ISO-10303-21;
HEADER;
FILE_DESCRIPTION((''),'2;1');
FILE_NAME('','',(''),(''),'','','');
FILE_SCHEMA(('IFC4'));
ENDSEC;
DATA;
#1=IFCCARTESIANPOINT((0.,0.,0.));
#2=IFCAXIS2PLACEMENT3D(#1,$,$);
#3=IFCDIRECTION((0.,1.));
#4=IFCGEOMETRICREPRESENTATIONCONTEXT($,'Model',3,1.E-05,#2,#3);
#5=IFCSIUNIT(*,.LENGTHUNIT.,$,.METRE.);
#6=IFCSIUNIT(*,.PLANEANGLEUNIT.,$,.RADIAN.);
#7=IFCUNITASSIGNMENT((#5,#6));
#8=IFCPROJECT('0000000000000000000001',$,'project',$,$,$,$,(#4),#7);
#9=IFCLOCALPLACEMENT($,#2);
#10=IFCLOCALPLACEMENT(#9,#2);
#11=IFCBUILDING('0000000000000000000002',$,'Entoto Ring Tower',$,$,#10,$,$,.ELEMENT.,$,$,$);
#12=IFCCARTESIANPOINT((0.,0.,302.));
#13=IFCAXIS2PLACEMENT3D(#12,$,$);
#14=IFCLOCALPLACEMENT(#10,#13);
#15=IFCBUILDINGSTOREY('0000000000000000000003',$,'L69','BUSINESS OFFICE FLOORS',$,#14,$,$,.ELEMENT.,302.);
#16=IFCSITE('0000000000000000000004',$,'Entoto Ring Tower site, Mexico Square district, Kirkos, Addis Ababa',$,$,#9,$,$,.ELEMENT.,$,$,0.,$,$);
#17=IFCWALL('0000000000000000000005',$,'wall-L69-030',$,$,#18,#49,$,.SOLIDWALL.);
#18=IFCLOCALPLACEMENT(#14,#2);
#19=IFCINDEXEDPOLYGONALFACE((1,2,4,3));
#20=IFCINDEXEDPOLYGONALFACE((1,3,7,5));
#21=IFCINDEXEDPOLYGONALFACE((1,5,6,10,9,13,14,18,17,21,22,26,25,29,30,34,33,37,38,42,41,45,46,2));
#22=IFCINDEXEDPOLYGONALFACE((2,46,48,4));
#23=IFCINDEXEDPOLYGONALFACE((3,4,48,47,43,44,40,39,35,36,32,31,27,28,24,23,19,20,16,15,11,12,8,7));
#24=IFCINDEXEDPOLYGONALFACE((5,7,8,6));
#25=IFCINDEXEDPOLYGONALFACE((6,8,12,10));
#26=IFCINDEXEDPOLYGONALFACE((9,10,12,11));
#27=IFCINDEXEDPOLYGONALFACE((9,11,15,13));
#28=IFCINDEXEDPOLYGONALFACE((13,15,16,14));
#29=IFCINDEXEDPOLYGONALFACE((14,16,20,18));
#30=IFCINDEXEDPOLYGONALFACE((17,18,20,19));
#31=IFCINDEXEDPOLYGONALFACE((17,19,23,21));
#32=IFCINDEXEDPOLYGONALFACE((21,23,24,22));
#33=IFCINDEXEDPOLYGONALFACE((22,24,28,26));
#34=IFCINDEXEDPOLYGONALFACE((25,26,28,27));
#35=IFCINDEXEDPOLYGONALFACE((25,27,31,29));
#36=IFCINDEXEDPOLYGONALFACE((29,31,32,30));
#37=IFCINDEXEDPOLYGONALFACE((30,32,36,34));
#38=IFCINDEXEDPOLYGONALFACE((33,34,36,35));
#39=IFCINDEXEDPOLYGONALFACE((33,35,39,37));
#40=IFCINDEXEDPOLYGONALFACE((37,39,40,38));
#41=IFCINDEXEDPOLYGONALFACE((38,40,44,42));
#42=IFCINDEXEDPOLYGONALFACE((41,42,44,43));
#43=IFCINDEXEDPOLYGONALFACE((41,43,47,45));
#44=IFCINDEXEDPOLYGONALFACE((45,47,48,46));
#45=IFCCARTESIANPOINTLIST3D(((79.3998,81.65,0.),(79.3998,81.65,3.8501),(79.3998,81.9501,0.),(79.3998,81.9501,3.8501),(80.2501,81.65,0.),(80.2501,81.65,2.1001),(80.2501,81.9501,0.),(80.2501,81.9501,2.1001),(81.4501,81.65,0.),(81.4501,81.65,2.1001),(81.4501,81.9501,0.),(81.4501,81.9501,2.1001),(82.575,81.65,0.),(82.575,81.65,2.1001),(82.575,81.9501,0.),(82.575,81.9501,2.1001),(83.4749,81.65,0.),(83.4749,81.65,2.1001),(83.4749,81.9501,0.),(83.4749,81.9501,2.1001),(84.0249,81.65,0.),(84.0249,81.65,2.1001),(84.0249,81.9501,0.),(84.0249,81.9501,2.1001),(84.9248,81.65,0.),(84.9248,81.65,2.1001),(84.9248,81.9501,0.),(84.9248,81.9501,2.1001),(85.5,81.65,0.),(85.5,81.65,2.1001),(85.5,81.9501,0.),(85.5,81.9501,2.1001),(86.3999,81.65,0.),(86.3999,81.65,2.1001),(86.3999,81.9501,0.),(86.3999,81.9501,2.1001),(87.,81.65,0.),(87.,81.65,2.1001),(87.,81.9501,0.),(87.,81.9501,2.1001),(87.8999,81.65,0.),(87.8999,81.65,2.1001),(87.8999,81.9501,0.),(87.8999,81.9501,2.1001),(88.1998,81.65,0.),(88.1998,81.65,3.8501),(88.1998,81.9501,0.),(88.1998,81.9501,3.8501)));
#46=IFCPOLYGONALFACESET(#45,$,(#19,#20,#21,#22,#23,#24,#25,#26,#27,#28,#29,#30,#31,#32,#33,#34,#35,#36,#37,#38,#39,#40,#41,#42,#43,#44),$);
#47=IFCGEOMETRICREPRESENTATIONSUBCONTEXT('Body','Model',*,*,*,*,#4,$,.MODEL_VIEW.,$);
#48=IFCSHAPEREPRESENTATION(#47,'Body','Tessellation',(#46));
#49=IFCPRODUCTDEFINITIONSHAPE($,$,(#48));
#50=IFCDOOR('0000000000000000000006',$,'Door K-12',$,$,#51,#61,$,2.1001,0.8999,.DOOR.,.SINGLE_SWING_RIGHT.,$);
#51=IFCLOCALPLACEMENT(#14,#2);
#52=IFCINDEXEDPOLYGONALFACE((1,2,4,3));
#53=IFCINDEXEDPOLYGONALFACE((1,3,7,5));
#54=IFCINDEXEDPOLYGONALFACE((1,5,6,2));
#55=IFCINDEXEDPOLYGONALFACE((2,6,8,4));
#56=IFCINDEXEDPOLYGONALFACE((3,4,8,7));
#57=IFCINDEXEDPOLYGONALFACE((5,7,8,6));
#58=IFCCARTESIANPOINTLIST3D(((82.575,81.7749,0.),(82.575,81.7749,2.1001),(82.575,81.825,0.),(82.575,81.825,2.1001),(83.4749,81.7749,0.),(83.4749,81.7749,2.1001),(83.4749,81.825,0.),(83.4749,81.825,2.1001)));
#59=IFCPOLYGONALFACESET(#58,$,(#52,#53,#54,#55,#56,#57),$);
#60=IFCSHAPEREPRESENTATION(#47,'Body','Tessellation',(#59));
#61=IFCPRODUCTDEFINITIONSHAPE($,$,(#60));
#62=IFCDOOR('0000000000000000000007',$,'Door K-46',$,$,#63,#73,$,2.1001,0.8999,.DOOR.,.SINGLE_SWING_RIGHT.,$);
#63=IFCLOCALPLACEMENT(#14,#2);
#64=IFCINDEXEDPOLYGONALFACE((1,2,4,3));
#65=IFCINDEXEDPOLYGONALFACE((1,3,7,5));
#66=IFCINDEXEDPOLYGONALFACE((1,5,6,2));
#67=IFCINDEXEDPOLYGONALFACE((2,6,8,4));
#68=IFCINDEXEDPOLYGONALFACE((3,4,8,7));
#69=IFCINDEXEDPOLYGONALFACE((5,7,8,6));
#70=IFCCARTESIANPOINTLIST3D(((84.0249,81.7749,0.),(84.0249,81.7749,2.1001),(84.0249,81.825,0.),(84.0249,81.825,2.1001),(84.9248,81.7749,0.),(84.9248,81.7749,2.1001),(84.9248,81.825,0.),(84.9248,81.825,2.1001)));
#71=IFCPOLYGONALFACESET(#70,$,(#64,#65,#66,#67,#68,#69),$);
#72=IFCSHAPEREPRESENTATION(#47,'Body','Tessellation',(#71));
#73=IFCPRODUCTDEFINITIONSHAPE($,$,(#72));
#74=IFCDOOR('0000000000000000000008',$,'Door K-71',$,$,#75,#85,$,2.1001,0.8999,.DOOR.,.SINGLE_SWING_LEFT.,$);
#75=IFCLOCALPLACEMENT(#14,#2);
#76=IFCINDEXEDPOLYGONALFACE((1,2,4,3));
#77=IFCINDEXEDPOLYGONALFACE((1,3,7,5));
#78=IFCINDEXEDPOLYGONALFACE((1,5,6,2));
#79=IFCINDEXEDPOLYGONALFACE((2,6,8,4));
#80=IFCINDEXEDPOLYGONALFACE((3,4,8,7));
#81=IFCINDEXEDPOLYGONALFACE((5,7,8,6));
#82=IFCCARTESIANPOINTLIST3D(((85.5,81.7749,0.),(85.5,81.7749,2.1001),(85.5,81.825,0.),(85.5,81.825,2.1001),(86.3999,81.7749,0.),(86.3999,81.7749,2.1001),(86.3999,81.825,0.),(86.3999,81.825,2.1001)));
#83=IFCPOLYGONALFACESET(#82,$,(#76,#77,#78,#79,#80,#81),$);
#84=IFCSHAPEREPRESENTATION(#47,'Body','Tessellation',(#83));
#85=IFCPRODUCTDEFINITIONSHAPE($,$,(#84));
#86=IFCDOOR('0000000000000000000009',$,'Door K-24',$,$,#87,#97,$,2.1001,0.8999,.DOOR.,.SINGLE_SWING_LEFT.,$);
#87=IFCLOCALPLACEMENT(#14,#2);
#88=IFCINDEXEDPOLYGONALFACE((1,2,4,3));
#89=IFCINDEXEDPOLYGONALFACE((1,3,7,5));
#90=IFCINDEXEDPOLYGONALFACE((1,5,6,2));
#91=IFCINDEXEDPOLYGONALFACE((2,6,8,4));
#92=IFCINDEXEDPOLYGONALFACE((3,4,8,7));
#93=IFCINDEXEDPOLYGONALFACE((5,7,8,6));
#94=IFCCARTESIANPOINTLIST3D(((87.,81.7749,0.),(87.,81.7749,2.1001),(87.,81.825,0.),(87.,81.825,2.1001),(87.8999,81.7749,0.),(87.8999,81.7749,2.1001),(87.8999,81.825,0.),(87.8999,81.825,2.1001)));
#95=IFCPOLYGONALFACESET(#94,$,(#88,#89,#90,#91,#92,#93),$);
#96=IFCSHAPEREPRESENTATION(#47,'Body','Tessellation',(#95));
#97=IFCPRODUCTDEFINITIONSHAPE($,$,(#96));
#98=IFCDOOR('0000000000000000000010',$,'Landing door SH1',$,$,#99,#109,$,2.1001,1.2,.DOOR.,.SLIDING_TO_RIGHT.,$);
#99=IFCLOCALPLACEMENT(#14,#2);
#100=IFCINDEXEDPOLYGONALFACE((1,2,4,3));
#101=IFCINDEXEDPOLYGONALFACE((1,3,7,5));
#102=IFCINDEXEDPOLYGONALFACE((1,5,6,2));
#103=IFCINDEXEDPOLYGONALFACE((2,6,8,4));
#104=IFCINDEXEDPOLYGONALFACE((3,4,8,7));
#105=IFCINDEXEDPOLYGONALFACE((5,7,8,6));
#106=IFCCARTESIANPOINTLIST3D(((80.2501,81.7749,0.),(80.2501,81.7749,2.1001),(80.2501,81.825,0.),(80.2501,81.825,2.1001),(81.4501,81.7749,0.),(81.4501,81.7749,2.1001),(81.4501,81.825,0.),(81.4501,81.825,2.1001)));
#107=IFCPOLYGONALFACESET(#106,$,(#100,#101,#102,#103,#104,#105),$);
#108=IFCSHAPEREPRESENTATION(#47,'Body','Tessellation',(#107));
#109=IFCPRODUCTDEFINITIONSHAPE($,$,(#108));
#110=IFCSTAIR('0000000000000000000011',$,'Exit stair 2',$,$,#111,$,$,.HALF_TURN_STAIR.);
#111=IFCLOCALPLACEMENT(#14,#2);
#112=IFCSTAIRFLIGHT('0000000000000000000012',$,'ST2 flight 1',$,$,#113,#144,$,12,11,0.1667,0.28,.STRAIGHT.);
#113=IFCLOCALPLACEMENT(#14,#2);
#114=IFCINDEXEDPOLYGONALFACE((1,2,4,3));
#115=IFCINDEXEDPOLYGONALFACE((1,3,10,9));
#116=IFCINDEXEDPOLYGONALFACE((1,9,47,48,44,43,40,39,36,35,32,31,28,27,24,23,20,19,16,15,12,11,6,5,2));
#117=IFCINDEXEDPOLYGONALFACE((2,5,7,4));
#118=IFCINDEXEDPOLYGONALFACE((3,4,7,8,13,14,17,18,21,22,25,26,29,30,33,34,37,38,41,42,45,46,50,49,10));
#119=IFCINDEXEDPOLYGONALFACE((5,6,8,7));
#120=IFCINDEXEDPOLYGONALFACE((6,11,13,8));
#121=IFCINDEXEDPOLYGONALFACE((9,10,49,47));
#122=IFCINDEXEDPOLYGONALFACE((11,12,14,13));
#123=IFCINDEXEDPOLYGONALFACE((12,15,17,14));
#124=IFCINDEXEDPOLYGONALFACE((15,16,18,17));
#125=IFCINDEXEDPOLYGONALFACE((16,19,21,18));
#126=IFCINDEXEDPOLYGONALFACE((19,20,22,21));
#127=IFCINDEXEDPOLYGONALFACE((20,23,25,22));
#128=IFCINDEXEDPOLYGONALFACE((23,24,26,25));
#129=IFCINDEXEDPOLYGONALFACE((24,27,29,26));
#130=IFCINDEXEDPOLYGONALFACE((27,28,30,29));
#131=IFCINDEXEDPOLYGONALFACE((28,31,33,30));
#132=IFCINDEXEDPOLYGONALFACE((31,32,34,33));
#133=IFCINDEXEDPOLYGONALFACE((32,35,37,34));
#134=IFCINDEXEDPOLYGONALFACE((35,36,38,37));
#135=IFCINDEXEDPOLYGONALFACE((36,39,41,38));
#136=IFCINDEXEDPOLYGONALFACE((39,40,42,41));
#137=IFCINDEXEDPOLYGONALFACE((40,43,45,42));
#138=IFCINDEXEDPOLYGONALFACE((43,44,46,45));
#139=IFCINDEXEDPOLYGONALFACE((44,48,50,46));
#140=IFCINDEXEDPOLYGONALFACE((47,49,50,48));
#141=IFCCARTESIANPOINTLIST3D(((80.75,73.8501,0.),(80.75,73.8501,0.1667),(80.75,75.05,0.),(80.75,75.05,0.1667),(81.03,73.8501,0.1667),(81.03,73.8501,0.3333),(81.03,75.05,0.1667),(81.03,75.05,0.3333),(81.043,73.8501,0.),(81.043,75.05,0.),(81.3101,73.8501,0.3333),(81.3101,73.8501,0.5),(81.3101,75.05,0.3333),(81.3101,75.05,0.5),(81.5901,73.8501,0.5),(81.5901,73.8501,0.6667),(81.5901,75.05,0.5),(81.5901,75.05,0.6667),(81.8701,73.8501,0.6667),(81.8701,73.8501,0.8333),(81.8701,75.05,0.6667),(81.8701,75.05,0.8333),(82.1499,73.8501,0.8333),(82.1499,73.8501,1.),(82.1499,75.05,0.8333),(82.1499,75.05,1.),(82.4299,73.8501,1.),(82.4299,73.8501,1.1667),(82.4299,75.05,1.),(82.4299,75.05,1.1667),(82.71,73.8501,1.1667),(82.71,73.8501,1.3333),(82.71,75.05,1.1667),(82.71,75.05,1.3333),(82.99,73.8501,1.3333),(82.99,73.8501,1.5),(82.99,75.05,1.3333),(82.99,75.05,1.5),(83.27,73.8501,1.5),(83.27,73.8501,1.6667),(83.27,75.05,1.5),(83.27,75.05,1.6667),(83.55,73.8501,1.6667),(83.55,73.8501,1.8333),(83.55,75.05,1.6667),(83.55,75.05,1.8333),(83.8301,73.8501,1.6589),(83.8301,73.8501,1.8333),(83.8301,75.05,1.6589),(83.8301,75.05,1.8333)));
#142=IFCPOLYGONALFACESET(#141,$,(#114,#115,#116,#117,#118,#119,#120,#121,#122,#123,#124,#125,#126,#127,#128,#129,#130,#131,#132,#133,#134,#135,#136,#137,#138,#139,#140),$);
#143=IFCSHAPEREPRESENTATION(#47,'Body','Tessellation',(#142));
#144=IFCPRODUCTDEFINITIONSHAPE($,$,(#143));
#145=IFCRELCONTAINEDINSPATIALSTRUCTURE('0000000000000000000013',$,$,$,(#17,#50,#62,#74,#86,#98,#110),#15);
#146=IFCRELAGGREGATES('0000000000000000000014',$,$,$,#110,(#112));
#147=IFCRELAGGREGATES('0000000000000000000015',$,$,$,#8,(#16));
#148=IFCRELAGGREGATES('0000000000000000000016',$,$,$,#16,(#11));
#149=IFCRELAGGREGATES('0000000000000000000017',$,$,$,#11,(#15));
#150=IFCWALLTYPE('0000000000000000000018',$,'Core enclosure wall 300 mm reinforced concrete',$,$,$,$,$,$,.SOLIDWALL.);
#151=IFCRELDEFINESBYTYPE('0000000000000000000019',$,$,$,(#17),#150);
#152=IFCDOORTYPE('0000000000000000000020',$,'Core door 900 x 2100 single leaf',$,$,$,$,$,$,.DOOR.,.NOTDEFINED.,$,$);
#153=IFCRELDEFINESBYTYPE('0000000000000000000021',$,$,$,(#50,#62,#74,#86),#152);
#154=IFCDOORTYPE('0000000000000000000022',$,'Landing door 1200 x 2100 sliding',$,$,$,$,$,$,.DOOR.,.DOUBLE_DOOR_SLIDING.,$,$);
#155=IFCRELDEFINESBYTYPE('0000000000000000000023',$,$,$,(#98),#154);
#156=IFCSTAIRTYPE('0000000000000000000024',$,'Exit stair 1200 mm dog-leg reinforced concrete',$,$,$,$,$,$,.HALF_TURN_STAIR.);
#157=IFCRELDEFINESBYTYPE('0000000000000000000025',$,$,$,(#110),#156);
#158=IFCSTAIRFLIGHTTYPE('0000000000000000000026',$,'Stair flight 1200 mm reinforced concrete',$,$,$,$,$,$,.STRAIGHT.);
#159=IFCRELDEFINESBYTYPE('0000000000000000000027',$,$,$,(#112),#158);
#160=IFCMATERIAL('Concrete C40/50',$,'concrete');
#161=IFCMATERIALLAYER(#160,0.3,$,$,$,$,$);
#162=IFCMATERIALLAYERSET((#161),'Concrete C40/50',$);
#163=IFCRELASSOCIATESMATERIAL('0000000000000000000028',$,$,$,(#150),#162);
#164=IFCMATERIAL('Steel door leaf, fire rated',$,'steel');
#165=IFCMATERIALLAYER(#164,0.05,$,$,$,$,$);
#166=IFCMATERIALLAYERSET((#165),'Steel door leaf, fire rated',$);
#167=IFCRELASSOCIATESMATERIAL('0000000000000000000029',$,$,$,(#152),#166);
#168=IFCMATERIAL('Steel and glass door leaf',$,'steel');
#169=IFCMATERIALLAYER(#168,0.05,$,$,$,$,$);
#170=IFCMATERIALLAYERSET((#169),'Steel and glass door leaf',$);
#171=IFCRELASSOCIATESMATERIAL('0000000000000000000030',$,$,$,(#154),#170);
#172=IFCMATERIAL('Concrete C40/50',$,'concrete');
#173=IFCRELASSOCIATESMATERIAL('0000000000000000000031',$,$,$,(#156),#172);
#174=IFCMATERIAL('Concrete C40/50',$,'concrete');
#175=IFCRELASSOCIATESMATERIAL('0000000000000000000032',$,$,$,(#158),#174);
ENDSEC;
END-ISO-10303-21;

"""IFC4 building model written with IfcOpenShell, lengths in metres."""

from ifc_helpers import new_model, si_unit, direction, frame, frame_2d, origin, place, context, subcontext, project, spatial, polyline, rectangle, outline, extrude, material, layer, layer_set, type_object, element, fill, aggregate, save


model = new_model("IFC4")

# Units and contexts
model_context = context("Model", 3, precision=1e-05, world=origin(), true_north=direction((0.0, 1.0)))
body_context = subcontext(model_context, "Body", "Model", "MODEL_VIEW")
ifc_project = project(units=[si_unit("LENGTHUNIT", "METRE"), si_unit("PLANEANGLEUNIT", "RADIAN")], contexts=[model_context])

# Site, building, storey
site_placement = place(None, origin())
site = spatial("IfcSite", under=ifc_project, at=site_placement, Name="Entoto Ring Tower site, Mexico Square district, Kirkos, Addis Ababa", CompositionType="ELEMENT", RefElevation=0.0)
building_placement = place(site_placement, origin())
building = spatial("IfcBuilding", under=site, at=building_placement, Name="Entoto Ring Tower", CompositionType="ELEMENT")
storey_placement = place(building_placement, frame((0.0, 0.0, 302.0)))
storey = spatial("IfcBuildingStorey", under=building, at=storey_placement, Name="L69", Description="BUSINESS OFFICE FLOORS", CompositionType="ELEMENT", Elevation=302.0)

# Shared definitions
ifc_material_1 = material(Name="Concrete C40/50", Category="concrete")
ifc_layer_1 = layer(ifc_material_1, 0.3)
ifc_layer_set_1 = layer_set([ifc_layer_1], Name="Concrete C40/50")
wall_type = type_object("IfcWallType", Name="Core enclosure wall 300 mm reinforced concrete", PredefinedType="SOLIDWALL", material=ifc_layer_set_1)

# Wall, openings, doors
ifc_material_2 = material(Name="Steel door leaf, fire rated", Category="steel")
ifc_layer_2 = layer(ifc_material_2, 0.05)
ifc_layer_set_2 = layer_set([ifc_layer_2], Name="Steel door leaf, fire rated")
door_type_1 = type_object("IfcDoorType", Name="Core door 900 x 2100 single leaf", OperationType="NOTDEFINED", PredefinedType="DOOR", material=ifc_layer_set_2)
ifc_material_3 = material(Name="Steel and glass door leaf", Category="steel")
ifc_layer_3 = layer(ifc_material_3, 0.05)
ifc_layer_set_3 = layer_set([ifc_layer_3], Name="Steel and glass door leaf")
door_type_2 = type_object("IfcDoorType", Name="Landing door 1200 x 2100 sliding", OperationType="DOUBLE_DOOR_SLIDING", PredefinedType="DOOR", material=ifc_layer_set_3)
wall_1_placement = place(storey_placement, frame((79.3999, 81.8, 0.0), z_axis=(0.0, 0.0, 1.0), x_axis=(1.0, 0.0, 0.0)))
wall_1 = element("IfcWall", 1, at=wall_1_placement, inside=storey, type_object=wall_type, Name="wall-L69-030", PredefinedType="SOLIDWALL", context=body_context, shape_type="SweptSolid", body=[
    extrude(rectangle(XDim=8.8, YDim=0.3, at=frame_2d((4.3999, 0.0))), origin(), (0.0, 0.0, 1.0), 3.8501),
])
opening_1_placement = place(wall_1_placement, frame((0.8501, 0.0, 0.0)))
opening_1 = element("IfcOpeningElement", 2, at=opening_1_placement, cuts=wall_1, PredefinedType="OPENING", context=body_context, shape_type="SweptSolid", body=[
    extrude(rectangle(XDim=1.2, YDim=2.1001, at=frame_2d((0.6001, 1.05))), frame((0.0, 0.1602, 0.0), z_axis=(0.0, -1.0, 0.0), x_axis=(1.0, 0.0, 0.0)), (0.0, 0.0, 1.0), 0.3201),
])
opening_2_placement = place(wall_1_placement, frame((3.175, 0.0, 0.0)))
opening_2 = element("IfcOpeningElement", 3, at=opening_2_placement, cuts=wall_1, PredefinedType="OPENING", context=body_context, shape_type="SweptSolid", body=[
    extrude(rectangle(XDim=0.8999, YDim=2.1001, at=frame_2d((0.45, 1.05))), frame((0.0, 0.1602, 0.0), z_axis=(0.0, -1.0, 0.0), x_axis=(1.0, 0.0, 0.0)), (0.0, 0.0, 1.0), 0.3201),
])
opening_3_placement = place(wall_1_placement, frame((4.625, 0.0, 0.0)))
opening_3 = element("IfcOpeningElement", 4, at=opening_3_placement, cuts=wall_1, PredefinedType="OPENING", context=body_context, shape_type="SweptSolid", body=[
    extrude(rectangle(XDim=0.8999, YDim=2.1001, at=frame_2d((0.45, 1.05))), frame((0.0, 0.1602, 0.0), z_axis=(0.0, -1.0, 0.0), x_axis=(1.0, 0.0, 0.0)), (0.0, 0.0, 1.0), 0.3201),
])
opening_4_placement = place(wall_1_placement, frame((6.1001, 0.0, 0.0)))
opening_4 = element("IfcOpeningElement", 5, at=opening_4_placement, cuts=wall_1, PredefinedType="OPENING", context=body_context, shape_type="SweptSolid", body=[
    extrude(rectangle(XDim=0.8999, YDim=2.1001, at=frame_2d((0.45, 1.05))), frame((0.0, 0.1602, 0.0), z_axis=(0.0, -1.0, 0.0), x_axis=(1.0, 0.0, 0.0)), (0.0, 0.0, 1.0), 0.3201),
])
opening_5_placement = place(wall_1_placement, frame((7.6001, 0.0, 0.0)))
opening_5 = element("IfcOpeningElement", 6, at=opening_5_placement, cuts=wall_1, PredefinedType="OPENING", context=body_context, shape_type="SweptSolid", body=[
    extrude(rectangle(XDim=0.8999, YDim=2.1001, at=frame_2d((0.45, 1.05))), frame((0.0, 0.1602, 0.0), z_axis=(0.0, -1.0, 0.0), x_axis=(1.0, 0.0, 0.0)), (0.0, 0.0, 1.0), 0.3201),
])
door_1_placement = place(opening_2_placement, origin())
door_1 = element("IfcDoor", 7, at=door_1_placement, inside=storey, type_object=door_type_1, Name="Door K-12", OperationType="SINGLE_SWING_RIGHT", OverallHeight=2.1001, OverallWidth=0.8999, PredefinedType="DOOR", context=body_context, shape_type="SweptSolid", body=[
    extrude(rectangle(XDim=0.8999, YDim=2.1001, at=frame_2d((0.45, 1.05))), frame((0.0, 0.0249, 0.0), z_axis=(0.0, -1.0, 0.0), x_axis=(1.0, 0.0, 0.0)), (0.0, 0.0, 1.0), 0.05),
])
fill(opening_2, door_1)
door_2_placement = place(opening_3_placement, origin())
door_2 = element("IfcDoor", 8, at=door_2_placement, inside=storey, type_object=door_type_1, Name="Door K-46", OperationType="SINGLE_SWING_RIGHT", OverallHeight=2.1001, OverallWidth=0.8999, PredefinedType="DOOR", context=body_context, shape_type="SweptSolid", body=[
    extrude(rectangle(XDim=0.8999, YDim=2.1001, at=frame_2d((0.45, 1.05))), frame((0.0, 0.0249, 0.0), z_axis=(0.0, -1.0, 0.0), x_axis=(1.0, 0.0, 0.0)), (0.0, 0.0, 1.0), 0.05),
])
fill(opening_3, door_2)
door_3_placement = place(opening_4_placement, origin())
door_3 = element("IfcDoor", 9, at=door_3_placement, inside=storey, type_object=door_type_1, Name="Door K-71", OperationType="SINGLE_SWING_LEFT", OverallHeight=2.1001, OverallWidth=0.8999, PredefinedType="DOOR", context=body_context, shape_type="SweptSolid", body=[
    extrude(rectangle(XDim=0.8999, YDim=2.1001, at=frame_2d((0.45, 1.05))), frame((0.0, 0.0249, 0.0), z_axis=(0.0, -1.0, 0.0), x_axis=(1.0, 0.0, 0.0)), (0.0, 0.0, 1.0), 0.05),
])
fill(opening_4, door_3)
door_4_placement = place(opening_5_placement, origin())
door_4 = element("IfcDoor", 10, at=door_4_placement, inside=storey, type_object=door_type_1, Name="Door K-24", OperationType="SINGLE_SWING_LEFT", OverallHeight=2.1001, OverallWidth=0.8999, PredefinedType="DOOR", context=body_context, shape_type="SweptSolid", body=[
    extrude(rectangle(XDim=0.8999, YDim=2.1001, at=frame_2d((0.45, 1.05))), frame((0.0, 0.0249, 0.0), z_axis=(0.0, -1.0, 0.0), x_axis=(1.0, 0.0, 0.0)), (0.0, 0.0, 1.0), 0.05),
])
fill(opening_5, door_4)
door_5_placement = place(opening_1_placement, origin())
door_5 = element("IfcDoor", 11, at=door_5_placement, inside=storey, type_object=door_type_2, Name="Landing door SH1", OperationType="SLIDING_TO_RIGHT", OverallHeight=2.1001, OverallWidth=1.2, PredefinedType="DOOR", context=body_context, shape_type="SweptSolid", body=[
    extrude(rectangle(XDim=1.2, YDim=2.1001, at=frame_2d((0.6001, 1.05))), frame((0.0, 0.0249, 0.0), z_axis=(0.0, -1.0, 0.0), x_axis=(1.0, 0.0, 0.0)), (0.0, 0.0, 1.0), 0.05),
])
fill(opening_1, door_5)

# Stair, stair flight
ifc_material_4 = material(Name="Concrete C40/50", Category="concrete")
stair_type = type_object("IfcStairType", Name="Exit stair 1200 mm dog-leg reinforced concrete", PredefinedType="HALF_TURN_STAIR", material=ifc_material_4)
stair_placement = place(storey_placement, origin())
stair = element("IfcStair", 12, at=stair_placement, inside=storey, type_object=stair_type, Name="Exit stair 2", PredefinedType="HALF_TURN_STAIR")
ifc_material_5 = material(Name="Concrete C40/50", Category="concrete")
stair_flight_type = type_object("IfcStairFlightType", Name="Stair flight 1200 mm reinforced concrete", PredefinedType="STRAIGHT", material=ifc_material_5)
stair_flight_1_placement = place(storey_placement, frame((80.75, 74.45, 0.0), z_axis=(0.0, 0.0, 1.0), x_axis=(1.0, 0.0, 0.0)))
stair_flight_1 = element("IfcStairFlight", 13, at=stair_flight_1_placement, type_object=stair_flight_type, Name="ST2 flight 1", NumberOfRisers=12, NumberOfTreads=11, PredefinedType="STRAIGHT", RiserHeight=0.1667, TreadLength=0.28, context=body_context, shape_type="SweptSolid", body=[
    extrude(outline(polyline([(0.0, 0.0), (0.0, 0.1667), (0.28, 0.1667), (0.28, 0.3333), (0.5601, 0.3333), (0.5601, 0.5), (0.8401, 0.5), (0.8401, 0.6667), (1.1201, 0.6667), (1.1201, 0.8333), (1.3999, 0.8333), (1.3999, 1.0), (1.6799, 1.0), (1.6799, 1.1667), (1.96, 1.1667), (1.96, 1.3333), (2.24, 1.3333), (2.24, 1.5), (2.52, 1.5), (2.52, 1.6667), (2.8, 1.6667), (2.8, 1.8333), (3.0801, 1.8333), (3.0801, 2.0), (3.0801, 1.6589), (0.293, 0.0), (0.0, 0.0)])), frame((0.0, 0.6001, 0.0), z_axis=(0.0, -1.0, 0.0), x_axis=(1.0, 0.0, 0.0)), (0.0, 0.0, 1.0), 1.2),
])
aggregate(stair, [stair_flight_1])

save(model, "model.ifc")
